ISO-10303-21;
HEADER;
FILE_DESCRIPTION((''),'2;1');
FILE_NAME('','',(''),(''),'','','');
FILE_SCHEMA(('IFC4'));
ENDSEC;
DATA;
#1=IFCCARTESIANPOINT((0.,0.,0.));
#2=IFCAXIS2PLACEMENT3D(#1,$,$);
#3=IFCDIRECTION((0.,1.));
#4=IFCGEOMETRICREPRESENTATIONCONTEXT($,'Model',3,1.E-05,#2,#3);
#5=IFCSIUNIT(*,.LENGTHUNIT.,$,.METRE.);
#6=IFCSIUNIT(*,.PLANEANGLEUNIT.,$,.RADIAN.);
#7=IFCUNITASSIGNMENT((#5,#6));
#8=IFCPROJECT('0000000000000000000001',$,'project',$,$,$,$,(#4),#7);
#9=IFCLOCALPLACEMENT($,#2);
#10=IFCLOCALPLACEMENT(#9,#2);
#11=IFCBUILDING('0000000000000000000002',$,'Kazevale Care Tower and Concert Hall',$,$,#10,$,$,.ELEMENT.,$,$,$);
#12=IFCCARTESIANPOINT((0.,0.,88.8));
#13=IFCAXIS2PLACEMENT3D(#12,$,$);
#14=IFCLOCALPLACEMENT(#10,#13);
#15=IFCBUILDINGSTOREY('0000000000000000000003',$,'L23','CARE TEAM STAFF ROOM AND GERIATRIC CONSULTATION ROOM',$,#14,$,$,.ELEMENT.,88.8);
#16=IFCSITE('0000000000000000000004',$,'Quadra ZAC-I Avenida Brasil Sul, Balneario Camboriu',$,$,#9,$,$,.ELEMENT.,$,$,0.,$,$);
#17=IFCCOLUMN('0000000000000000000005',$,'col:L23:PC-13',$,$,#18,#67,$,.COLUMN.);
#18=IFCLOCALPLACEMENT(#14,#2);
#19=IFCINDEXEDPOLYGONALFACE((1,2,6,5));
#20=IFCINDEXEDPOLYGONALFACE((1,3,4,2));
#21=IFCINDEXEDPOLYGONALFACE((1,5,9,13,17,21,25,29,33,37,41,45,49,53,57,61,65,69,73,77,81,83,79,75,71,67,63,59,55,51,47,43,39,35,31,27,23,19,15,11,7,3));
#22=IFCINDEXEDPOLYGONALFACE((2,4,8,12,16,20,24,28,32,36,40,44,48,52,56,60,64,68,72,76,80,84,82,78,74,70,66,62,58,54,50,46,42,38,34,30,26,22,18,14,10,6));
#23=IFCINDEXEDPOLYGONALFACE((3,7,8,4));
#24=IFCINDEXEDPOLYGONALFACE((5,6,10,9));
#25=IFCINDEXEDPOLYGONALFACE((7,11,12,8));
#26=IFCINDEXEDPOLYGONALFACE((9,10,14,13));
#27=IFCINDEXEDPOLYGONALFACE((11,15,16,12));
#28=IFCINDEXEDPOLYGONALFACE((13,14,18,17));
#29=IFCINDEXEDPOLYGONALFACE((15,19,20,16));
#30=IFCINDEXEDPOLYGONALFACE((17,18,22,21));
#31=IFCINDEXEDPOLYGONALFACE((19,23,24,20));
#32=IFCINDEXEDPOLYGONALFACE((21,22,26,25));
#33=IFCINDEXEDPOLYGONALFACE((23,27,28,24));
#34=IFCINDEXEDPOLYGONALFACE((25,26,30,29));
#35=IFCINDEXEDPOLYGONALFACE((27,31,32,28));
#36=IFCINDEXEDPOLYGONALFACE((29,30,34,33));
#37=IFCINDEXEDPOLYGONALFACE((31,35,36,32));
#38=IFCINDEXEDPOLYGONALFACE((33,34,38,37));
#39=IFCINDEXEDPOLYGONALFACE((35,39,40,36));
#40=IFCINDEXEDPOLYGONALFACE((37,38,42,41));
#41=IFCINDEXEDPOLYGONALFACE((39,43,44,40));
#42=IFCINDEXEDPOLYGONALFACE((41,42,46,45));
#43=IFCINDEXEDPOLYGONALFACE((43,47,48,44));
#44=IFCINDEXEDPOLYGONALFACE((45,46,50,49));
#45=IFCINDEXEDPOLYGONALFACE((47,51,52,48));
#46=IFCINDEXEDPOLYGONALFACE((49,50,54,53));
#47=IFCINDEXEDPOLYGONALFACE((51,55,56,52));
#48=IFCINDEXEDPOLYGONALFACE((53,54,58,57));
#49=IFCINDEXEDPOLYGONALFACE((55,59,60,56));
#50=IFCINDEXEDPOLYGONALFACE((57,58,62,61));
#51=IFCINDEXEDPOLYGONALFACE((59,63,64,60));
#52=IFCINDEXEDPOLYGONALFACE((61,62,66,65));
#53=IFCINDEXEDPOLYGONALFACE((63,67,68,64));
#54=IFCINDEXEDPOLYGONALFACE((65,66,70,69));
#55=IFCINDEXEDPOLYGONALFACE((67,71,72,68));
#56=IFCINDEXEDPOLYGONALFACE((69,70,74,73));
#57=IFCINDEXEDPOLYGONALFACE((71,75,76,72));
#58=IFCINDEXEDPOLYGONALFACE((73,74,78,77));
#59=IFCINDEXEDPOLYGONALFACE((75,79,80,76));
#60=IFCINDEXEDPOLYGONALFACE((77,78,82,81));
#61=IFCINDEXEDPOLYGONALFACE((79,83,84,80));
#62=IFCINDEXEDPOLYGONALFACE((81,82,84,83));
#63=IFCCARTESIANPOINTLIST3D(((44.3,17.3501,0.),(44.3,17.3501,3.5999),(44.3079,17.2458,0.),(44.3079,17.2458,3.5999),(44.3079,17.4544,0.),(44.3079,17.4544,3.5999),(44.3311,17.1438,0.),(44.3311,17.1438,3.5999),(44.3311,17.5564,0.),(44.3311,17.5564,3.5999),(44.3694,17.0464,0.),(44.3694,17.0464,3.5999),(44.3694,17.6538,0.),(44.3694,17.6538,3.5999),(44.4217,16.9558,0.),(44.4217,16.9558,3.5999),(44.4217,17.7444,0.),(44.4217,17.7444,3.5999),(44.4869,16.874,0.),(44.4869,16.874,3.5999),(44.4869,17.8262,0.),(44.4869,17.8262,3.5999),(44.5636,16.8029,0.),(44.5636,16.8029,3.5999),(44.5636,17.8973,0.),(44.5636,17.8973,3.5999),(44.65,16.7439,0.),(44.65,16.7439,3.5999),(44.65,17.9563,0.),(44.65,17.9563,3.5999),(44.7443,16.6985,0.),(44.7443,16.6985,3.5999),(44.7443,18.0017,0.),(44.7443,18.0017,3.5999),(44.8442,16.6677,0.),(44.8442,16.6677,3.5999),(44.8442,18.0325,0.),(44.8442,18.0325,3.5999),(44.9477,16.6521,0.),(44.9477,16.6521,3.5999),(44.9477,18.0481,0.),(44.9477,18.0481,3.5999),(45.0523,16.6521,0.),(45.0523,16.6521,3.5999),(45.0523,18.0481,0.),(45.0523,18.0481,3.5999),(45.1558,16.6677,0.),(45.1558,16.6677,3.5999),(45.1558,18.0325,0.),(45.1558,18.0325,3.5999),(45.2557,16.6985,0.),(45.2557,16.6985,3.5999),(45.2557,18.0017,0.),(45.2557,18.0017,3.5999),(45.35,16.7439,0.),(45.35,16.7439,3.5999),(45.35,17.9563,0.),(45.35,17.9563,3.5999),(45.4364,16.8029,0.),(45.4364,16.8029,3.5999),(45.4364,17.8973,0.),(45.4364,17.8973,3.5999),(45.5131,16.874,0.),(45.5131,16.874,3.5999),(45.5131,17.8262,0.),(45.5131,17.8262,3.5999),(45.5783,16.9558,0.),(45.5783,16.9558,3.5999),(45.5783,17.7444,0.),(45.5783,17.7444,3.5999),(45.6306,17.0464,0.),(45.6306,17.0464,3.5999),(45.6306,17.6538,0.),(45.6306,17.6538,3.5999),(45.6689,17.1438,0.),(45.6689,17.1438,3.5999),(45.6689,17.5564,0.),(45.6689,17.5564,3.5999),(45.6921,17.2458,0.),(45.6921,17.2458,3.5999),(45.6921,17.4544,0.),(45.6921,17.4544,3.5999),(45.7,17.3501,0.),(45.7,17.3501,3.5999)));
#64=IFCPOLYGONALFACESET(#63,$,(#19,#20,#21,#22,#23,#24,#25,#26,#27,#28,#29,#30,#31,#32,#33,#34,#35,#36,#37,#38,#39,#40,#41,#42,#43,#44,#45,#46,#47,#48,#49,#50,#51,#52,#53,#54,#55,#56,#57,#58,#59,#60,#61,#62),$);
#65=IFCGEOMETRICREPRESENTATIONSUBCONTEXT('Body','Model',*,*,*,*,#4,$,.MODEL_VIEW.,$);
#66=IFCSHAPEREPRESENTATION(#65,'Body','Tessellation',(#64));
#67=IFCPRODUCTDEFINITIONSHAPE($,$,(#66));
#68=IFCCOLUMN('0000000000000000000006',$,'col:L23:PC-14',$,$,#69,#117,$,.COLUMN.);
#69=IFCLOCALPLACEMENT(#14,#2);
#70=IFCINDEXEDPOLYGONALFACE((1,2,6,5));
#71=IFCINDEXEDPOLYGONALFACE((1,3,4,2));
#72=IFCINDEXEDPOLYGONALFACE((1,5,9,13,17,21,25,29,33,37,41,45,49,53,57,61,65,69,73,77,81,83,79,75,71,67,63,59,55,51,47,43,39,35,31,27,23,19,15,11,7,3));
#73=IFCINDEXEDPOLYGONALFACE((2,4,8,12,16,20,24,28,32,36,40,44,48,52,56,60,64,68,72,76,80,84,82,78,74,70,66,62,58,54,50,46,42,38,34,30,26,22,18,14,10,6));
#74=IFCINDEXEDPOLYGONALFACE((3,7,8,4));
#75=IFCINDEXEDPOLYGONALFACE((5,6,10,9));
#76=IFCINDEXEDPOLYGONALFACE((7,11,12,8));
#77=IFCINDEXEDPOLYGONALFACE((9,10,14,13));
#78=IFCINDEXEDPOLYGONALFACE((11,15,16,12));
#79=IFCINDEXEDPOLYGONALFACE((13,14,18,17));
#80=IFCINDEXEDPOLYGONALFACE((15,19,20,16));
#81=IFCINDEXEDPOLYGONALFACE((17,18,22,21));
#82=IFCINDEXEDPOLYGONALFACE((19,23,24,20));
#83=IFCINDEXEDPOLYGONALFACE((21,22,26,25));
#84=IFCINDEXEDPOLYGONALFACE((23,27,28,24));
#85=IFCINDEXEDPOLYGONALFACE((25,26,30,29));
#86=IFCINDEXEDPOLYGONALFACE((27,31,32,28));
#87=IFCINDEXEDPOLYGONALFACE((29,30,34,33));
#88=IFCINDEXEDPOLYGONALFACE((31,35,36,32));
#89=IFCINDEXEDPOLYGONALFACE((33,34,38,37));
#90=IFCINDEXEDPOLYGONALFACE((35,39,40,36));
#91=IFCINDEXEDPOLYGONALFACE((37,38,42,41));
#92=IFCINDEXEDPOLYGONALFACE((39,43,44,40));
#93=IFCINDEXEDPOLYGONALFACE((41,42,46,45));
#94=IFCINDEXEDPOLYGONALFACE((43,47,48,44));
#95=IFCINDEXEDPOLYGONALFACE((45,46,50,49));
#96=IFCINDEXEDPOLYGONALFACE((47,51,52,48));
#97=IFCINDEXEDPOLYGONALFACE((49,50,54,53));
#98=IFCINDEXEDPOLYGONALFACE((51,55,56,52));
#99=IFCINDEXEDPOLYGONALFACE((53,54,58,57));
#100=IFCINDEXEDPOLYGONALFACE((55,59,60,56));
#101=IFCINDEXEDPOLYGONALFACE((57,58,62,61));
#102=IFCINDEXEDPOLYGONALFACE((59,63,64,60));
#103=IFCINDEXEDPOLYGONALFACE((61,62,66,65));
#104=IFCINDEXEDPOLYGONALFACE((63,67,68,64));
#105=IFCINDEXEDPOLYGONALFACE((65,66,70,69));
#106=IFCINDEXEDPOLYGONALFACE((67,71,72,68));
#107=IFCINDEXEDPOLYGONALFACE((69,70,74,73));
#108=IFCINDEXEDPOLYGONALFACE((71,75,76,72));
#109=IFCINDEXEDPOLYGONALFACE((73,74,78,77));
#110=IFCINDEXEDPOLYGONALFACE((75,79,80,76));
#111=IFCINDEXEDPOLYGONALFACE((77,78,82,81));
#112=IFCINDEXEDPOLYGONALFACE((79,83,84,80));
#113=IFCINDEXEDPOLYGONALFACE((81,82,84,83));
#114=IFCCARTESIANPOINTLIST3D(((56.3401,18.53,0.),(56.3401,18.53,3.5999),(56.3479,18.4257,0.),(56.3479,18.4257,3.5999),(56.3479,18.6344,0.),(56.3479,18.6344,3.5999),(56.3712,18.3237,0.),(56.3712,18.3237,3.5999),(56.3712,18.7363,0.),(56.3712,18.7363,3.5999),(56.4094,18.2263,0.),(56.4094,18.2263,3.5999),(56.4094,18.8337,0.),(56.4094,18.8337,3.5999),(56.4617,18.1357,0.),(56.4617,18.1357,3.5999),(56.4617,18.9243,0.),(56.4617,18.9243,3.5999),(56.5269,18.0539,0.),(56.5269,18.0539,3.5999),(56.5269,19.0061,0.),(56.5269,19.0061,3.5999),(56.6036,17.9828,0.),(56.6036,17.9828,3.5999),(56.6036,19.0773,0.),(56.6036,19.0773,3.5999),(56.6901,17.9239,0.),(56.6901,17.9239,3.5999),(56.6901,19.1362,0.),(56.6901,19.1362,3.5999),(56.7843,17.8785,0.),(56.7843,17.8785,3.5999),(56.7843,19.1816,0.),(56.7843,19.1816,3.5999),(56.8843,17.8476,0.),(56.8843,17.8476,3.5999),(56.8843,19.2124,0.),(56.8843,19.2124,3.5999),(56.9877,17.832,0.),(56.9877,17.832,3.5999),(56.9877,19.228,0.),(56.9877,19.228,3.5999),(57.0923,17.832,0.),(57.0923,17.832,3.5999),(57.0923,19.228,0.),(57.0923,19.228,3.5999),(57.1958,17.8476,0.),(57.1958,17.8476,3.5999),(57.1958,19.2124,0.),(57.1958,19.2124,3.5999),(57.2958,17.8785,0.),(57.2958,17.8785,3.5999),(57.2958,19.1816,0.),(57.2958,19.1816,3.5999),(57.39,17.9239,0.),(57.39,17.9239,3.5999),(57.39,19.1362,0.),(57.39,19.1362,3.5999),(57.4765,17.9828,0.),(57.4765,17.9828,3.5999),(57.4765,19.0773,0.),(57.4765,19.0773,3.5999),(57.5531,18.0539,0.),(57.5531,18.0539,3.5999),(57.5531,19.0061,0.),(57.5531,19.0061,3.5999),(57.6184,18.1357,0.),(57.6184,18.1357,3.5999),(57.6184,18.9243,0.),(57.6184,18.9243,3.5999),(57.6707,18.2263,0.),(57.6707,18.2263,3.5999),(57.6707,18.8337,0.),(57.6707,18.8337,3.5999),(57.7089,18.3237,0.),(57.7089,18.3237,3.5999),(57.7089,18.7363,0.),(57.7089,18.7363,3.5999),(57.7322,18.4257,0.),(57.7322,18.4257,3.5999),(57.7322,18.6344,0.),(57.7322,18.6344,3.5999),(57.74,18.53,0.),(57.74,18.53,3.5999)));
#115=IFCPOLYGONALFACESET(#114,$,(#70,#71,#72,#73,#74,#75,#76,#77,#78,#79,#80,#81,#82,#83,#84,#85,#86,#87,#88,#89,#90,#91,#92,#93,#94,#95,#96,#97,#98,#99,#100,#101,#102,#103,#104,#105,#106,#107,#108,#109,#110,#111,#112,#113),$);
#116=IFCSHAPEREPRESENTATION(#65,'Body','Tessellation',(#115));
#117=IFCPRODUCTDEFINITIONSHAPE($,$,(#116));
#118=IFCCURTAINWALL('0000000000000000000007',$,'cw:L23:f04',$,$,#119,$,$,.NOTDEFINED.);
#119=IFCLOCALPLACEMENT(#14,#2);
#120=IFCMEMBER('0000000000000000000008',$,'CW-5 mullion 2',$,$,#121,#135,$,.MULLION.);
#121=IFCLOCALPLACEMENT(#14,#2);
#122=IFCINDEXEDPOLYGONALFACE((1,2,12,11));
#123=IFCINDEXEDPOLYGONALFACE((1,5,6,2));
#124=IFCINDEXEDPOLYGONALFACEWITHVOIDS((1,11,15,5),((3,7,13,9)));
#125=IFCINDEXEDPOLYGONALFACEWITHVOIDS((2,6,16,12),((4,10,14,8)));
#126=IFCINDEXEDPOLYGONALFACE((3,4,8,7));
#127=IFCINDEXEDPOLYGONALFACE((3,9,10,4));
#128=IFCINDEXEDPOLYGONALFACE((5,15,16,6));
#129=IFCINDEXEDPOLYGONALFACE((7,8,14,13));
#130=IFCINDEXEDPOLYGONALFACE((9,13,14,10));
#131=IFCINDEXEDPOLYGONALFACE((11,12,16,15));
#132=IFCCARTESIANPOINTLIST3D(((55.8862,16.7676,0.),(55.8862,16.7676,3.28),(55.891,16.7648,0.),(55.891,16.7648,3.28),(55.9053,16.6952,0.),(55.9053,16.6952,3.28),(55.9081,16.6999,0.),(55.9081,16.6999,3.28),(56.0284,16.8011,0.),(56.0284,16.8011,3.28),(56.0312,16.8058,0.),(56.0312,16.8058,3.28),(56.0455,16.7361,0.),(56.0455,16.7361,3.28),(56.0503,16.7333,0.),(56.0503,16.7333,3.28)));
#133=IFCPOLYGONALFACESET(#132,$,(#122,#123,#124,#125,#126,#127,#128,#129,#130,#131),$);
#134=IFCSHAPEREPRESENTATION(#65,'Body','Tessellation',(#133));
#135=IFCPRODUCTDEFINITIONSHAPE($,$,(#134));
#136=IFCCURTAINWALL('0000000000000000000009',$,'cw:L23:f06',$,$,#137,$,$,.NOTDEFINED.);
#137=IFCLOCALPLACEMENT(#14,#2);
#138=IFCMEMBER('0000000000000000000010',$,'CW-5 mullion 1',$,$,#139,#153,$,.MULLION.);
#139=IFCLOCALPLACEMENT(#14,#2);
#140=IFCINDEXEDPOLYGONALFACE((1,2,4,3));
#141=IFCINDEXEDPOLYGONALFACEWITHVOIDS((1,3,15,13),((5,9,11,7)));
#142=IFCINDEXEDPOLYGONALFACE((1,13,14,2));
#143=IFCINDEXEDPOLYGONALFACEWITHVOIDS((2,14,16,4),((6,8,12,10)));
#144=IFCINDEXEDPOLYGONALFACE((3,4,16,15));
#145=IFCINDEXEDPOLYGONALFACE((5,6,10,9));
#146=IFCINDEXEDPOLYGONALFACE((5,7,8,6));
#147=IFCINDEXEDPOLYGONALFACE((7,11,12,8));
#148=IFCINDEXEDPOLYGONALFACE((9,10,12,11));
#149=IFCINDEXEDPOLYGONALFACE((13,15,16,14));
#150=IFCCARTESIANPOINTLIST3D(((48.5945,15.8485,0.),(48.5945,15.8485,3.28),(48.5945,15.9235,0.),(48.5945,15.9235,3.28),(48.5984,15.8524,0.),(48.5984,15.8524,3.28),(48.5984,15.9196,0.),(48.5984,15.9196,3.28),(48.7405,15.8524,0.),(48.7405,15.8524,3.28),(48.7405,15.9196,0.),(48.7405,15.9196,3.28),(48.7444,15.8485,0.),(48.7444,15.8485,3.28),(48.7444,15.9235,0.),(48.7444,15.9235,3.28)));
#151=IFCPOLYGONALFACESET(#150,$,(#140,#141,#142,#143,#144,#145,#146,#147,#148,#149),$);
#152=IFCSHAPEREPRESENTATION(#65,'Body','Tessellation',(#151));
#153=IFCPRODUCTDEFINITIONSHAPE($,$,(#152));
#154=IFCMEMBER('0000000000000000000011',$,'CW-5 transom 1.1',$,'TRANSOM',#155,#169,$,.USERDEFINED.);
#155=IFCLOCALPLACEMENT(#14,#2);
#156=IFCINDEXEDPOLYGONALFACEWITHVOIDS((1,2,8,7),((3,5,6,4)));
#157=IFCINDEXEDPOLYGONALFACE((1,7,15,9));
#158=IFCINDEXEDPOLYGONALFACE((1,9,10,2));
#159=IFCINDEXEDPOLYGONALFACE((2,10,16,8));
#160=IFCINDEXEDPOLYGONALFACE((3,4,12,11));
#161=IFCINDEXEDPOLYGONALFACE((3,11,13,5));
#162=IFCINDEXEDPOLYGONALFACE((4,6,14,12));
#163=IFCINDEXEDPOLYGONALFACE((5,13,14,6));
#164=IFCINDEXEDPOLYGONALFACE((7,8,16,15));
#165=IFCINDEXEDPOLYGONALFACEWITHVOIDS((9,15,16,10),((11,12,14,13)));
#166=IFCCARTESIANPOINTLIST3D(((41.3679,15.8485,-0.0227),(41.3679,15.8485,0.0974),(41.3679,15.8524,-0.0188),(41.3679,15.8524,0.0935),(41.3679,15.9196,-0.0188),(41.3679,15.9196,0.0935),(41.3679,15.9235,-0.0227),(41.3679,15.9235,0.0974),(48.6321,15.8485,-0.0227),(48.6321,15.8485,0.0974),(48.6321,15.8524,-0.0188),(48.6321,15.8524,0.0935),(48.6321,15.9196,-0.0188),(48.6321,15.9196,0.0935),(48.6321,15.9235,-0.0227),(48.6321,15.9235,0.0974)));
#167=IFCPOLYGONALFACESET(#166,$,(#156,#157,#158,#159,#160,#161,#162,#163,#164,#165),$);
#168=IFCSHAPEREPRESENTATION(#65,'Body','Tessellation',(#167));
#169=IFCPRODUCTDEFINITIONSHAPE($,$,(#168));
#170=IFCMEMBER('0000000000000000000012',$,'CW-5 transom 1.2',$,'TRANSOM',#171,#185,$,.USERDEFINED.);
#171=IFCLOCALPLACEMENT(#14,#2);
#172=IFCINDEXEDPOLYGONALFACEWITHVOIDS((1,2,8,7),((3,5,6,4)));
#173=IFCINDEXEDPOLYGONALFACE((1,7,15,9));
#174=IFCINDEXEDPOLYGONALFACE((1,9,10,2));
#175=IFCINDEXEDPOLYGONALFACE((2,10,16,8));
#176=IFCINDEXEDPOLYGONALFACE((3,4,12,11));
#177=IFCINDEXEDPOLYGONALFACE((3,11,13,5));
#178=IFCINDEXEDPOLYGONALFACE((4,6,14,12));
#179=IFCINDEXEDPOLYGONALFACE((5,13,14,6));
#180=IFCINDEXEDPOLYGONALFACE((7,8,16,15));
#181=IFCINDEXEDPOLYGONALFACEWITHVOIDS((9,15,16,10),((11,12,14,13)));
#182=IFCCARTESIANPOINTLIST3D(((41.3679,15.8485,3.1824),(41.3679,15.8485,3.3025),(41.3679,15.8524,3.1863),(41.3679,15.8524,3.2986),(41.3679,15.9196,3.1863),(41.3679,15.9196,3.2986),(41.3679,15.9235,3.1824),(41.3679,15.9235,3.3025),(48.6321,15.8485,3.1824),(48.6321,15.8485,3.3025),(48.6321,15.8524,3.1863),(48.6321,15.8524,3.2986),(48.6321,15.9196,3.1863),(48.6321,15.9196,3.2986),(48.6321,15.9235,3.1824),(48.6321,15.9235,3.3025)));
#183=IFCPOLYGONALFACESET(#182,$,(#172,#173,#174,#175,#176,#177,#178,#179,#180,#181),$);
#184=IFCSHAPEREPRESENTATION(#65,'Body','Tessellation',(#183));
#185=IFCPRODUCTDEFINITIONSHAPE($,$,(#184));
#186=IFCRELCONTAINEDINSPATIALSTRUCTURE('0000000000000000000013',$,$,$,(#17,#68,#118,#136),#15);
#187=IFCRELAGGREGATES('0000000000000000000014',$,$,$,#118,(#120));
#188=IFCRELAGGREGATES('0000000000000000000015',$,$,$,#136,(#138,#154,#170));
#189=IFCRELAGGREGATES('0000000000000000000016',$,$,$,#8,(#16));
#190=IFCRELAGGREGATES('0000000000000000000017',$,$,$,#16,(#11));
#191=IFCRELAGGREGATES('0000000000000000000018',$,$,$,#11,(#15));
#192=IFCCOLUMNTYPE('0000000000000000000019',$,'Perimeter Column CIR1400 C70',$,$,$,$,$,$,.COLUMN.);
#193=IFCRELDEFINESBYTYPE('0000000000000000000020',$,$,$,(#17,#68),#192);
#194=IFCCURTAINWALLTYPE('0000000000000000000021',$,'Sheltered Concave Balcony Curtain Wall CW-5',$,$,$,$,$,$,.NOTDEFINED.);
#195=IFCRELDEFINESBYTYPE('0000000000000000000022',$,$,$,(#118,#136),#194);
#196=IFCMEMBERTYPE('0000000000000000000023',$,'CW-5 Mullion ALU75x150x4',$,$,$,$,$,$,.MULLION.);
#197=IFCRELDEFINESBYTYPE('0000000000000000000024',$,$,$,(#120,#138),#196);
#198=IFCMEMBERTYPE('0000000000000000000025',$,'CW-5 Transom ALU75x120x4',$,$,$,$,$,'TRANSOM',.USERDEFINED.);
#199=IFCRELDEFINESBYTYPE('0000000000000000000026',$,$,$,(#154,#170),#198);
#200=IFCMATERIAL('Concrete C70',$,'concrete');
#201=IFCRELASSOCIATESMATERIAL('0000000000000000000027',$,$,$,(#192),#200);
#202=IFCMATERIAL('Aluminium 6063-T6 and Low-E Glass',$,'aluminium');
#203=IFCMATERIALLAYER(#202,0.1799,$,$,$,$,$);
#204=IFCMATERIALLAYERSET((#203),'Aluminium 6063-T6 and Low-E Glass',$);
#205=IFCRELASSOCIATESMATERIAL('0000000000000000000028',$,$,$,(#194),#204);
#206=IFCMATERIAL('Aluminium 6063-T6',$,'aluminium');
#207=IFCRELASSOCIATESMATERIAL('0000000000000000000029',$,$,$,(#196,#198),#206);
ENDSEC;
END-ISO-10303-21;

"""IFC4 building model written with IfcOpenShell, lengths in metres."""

from ifc_helpers import new_model, si_unit, direction, frame, origin, origin_2d, place, context, subcontext, project, spatial, hollow_rectangle, circle, extrude, material, layer, layer_set, material_profile, profile_set, type_object, element, aggregate, save


model = new_model("IFC4")

# Units and contexts
model_context = context("Model", 3, precision=1e-05, world=origin(), true_north=direction((0.0, 1.0)))
body_context = subcontext(model_context, "Body", "Model", "MODEL_VIEW")
ifc_project = project(units=[si_unit("LENGTHUNIT", "METRE"), si_unit("PLANEANGLEUNIT", "RADIAN")], contexts=[model_context])

# Site, building, storey
site_placement = place(None, origin())
site = spatial("IfcSite", under=ifc_project, at=site_placement, Name="Quadra ZAC-I Avenida Brasil Sul, Balneario Camboriu", CompositionType="ELEMENT", RefElevation=0.0)
building_placement = place(site_placement, origin())
building = spatial("IfcBuilding", under=site, at=building_placement, Name="Kazevale Care Tower and Concert Hall", CompositionType="ELEMENT")
storey_placement = place(building_placement, frame((0.0, 0.0, 88.8)))
storey = spatial("IfcBuildingStorey", under=building, at=storey_placement, Name="L23", Description="CARE TEAM STAFF ROOM AND GERIATRIC CONSULTATION ROOM", CompositionType="ELEMENT", Elevation=88.8)

# Columns
ifc_material_1 = material(Name="Concrete C70", Category="concrete")
ifc_material_profile_1 = material_profile(ifc_material_1, circle(Radius=0.7, at=origin_2d()), Name="RC-CIR1400")
ifc_profile_set_1 = profile_set([ifc_material_profile_1], Name="Concrete C70")
column_type = type_object("IfcColumnType", Name="Perimeter Column CIR1400 C70", PredefinedType="COLUMN", material=ifc_profile_set_1)
for number, where, z_axis, x_axis, name in (
    (1, (45.0, 17.3501, 0.0), (0.0, 0.0, 1.0), (1.0, 0.0, 0.0), "col:L23:PC-13"),
    (2, (57.04, 18.53, 0.0), (0.0, 0.0, 1.0), (1.0, 0.0, 0.0), "col:L23:PC-14"),
):
    element("IfcColumn", number, at=place(storey_placement, frame(where, z_axis=z_axis, x_axis=x_axis)), inside=storey, type_object=column_type, Name=name, PredefinedType="COLUMN", context=body_context, shape_type="SweptSolid", body=[
        extrude(circle(Radius=0.7, at=origin_2d()), origin(), (0.0, 0.0, 1.0), 3.5999),
    ])

# Curtain wall, member
ifc_material_2 = material(Name="Aluminium 6063-T6 and Low-E Glass", Category="aluminium")
ifc_layer_1 = layer(ifc_material_2, 0.1799)
ifc_layer_set_1 = layer_set([ifc_layer_1], Name="Aluminium 6063-T6 and Low-E Glass")
curtain_wall_type = type_object("IfcCurtainWallType", Name="Sheltered Concave Balcony Curtain Wall CW-5", PredefinedType="NOTDEFINED", material=ifc_layer_set_1)
curtain_wall_1_placement = place(storey_placement, origin())
curtain_wall_1 = element("IfcCurtainWall", 3, at=curtain_wall_1_placement, inside=storey, type_object=curtain_wall_type, Name="cw:L23:f04", PredefinedType="NOTDEFINED")
ifc_material_3 = material(Name="Aluminium 6063-T6", Category="aluminium")
ifc_material_profile_2 = material_profile(ifc_material_3, hollow_rectangle(XDim=0.075, YDim=0.1499, WallThickness=0.0039, at=origin_2d()), Name="ALU75x150x4")
ifc_profile_set_2 = profile_set([ifc_material_profile_2], Name="Aluminium 6063-T6")
member_type_1 = type_object("IfcMemberType", Name="CW-5 Mullion ALU75x150x4", PredefinedType="MULLION", material=ifc_profile_set_2)
member_1_placement = place(storey_placement, frame((55.9683, 16.7505, 0.0), z_axis=(0.0, 0.0, 1.0), x_axis=(0.254829, -0.966986, 0.0)))
member_1 = element("IfcMember", 4, at=member_1_placement, type_object=member_type_1, Name="CW-5 mullion 2", PredefinedType="MULLION", context=body_context, shape_type="SweptSolid", body=[
    extrude(hollow_rectangle(XDim=0.075, YDim=0.1499, WallThickness=0.0039, at=origin_2d()), origin(), (0.0, 0.0, 1.0), 3.28),
])
aggregate(curtain_wall_1, [member_1])

# Curtain wall, members
curtain_wall_2_placement = place(storey_placement, origin())
curtain_wall_2 = element("IfcCurtainWall", 5, at=curtain_wall_2_placement, inside=storey, type_object=curtain_wall_type, Name="cw:L23:f06", PredefinedType="NOTDEFINED")
member_2_placement = place(storey_placement, frame((48.6694, 15.886, 0.0), z_axis=(0.0, 0.0, 1.0), x_axis=(0.0, -1.0, 0.0)))
member_2 = element("IfcMember", 6, at=member_2_placement, type_object=member_type_1, Name="CW-5 mullion 1", PredefinedType="MULLION", context=body_context, shape_type="SweptSolid", body=[
    extrude(hollow_rectangle(XDim=0.075, YDim=0.1499, WallThickness=0.0039, at=origin_2d()), origin(), (0.0, 0.0, 1.0), 3.28),
])
ifc_material_profile_3 = material_profile(ifc_material_3, hollow_rectangle(XDim=0.075, YDim=0.1201, WallThickness=0.0039, at=origin_2d()), Name="ALU75x120x4")
ifc_profile_set_3 = profile_set([ifc_material_profile_3], Name="Aluminium 6063-T6")
member_type_2 = type_object("IfcMemberType", Name="CW-5 Transom ALU75x120x4", ElementType="TRANSOM", PredefinedType="USERDEFINED", material=ifc_profile_set_3)
member_3_placement = place(storey_placement, frame((48.6321, 15.886, 0.0374), z_axis=(-1.0, 0.0, 0.0), x_axis=(0.0, -1.0, 0.0)))
member_3 = element("IfcMember", 7, at=member_3_placement, type_object=member_type_2, Name="CW-5 transom 1.1", ObjectType="TRANSOM", PredefinedType="USERDEFINED", context=body_context, shape_type="SweptSolid", body=[
    extrude(hollow_rectangle(XDim=0.075, YDim=0.1201, WallThickness=0.0039, at=origin_2d()), origin(), (0.0, 0.0, 1.0), 7.2642),
])
member_4_placement = place(storey_placement, frame((48.6321, 15.886, 3.2424), z_axis=(-1.0, 0.0, 0.0), x_axis=(0.0, -1.0, 0.0)))
member_4 = element("IfcMember", 8, at=member_4_placement, type_object=member_type_2, Name="CW-5 transom 1.2", ObjectType="TRANSOM", PredefinedType="USERDEFINED", context=body_context, shape_type="SweptSolid", body=[
    extrude(hollow_rectangle(XDim=0.075, YDim=0.1201, WallThickness=0.0039, at=origin_2d()), origin(), (0.0, 0.0, 1.0), 7.2642),
])

aggregate(curtain_wall_2, [member_2, member_3, member_4])

save(model, "model.ifc")
